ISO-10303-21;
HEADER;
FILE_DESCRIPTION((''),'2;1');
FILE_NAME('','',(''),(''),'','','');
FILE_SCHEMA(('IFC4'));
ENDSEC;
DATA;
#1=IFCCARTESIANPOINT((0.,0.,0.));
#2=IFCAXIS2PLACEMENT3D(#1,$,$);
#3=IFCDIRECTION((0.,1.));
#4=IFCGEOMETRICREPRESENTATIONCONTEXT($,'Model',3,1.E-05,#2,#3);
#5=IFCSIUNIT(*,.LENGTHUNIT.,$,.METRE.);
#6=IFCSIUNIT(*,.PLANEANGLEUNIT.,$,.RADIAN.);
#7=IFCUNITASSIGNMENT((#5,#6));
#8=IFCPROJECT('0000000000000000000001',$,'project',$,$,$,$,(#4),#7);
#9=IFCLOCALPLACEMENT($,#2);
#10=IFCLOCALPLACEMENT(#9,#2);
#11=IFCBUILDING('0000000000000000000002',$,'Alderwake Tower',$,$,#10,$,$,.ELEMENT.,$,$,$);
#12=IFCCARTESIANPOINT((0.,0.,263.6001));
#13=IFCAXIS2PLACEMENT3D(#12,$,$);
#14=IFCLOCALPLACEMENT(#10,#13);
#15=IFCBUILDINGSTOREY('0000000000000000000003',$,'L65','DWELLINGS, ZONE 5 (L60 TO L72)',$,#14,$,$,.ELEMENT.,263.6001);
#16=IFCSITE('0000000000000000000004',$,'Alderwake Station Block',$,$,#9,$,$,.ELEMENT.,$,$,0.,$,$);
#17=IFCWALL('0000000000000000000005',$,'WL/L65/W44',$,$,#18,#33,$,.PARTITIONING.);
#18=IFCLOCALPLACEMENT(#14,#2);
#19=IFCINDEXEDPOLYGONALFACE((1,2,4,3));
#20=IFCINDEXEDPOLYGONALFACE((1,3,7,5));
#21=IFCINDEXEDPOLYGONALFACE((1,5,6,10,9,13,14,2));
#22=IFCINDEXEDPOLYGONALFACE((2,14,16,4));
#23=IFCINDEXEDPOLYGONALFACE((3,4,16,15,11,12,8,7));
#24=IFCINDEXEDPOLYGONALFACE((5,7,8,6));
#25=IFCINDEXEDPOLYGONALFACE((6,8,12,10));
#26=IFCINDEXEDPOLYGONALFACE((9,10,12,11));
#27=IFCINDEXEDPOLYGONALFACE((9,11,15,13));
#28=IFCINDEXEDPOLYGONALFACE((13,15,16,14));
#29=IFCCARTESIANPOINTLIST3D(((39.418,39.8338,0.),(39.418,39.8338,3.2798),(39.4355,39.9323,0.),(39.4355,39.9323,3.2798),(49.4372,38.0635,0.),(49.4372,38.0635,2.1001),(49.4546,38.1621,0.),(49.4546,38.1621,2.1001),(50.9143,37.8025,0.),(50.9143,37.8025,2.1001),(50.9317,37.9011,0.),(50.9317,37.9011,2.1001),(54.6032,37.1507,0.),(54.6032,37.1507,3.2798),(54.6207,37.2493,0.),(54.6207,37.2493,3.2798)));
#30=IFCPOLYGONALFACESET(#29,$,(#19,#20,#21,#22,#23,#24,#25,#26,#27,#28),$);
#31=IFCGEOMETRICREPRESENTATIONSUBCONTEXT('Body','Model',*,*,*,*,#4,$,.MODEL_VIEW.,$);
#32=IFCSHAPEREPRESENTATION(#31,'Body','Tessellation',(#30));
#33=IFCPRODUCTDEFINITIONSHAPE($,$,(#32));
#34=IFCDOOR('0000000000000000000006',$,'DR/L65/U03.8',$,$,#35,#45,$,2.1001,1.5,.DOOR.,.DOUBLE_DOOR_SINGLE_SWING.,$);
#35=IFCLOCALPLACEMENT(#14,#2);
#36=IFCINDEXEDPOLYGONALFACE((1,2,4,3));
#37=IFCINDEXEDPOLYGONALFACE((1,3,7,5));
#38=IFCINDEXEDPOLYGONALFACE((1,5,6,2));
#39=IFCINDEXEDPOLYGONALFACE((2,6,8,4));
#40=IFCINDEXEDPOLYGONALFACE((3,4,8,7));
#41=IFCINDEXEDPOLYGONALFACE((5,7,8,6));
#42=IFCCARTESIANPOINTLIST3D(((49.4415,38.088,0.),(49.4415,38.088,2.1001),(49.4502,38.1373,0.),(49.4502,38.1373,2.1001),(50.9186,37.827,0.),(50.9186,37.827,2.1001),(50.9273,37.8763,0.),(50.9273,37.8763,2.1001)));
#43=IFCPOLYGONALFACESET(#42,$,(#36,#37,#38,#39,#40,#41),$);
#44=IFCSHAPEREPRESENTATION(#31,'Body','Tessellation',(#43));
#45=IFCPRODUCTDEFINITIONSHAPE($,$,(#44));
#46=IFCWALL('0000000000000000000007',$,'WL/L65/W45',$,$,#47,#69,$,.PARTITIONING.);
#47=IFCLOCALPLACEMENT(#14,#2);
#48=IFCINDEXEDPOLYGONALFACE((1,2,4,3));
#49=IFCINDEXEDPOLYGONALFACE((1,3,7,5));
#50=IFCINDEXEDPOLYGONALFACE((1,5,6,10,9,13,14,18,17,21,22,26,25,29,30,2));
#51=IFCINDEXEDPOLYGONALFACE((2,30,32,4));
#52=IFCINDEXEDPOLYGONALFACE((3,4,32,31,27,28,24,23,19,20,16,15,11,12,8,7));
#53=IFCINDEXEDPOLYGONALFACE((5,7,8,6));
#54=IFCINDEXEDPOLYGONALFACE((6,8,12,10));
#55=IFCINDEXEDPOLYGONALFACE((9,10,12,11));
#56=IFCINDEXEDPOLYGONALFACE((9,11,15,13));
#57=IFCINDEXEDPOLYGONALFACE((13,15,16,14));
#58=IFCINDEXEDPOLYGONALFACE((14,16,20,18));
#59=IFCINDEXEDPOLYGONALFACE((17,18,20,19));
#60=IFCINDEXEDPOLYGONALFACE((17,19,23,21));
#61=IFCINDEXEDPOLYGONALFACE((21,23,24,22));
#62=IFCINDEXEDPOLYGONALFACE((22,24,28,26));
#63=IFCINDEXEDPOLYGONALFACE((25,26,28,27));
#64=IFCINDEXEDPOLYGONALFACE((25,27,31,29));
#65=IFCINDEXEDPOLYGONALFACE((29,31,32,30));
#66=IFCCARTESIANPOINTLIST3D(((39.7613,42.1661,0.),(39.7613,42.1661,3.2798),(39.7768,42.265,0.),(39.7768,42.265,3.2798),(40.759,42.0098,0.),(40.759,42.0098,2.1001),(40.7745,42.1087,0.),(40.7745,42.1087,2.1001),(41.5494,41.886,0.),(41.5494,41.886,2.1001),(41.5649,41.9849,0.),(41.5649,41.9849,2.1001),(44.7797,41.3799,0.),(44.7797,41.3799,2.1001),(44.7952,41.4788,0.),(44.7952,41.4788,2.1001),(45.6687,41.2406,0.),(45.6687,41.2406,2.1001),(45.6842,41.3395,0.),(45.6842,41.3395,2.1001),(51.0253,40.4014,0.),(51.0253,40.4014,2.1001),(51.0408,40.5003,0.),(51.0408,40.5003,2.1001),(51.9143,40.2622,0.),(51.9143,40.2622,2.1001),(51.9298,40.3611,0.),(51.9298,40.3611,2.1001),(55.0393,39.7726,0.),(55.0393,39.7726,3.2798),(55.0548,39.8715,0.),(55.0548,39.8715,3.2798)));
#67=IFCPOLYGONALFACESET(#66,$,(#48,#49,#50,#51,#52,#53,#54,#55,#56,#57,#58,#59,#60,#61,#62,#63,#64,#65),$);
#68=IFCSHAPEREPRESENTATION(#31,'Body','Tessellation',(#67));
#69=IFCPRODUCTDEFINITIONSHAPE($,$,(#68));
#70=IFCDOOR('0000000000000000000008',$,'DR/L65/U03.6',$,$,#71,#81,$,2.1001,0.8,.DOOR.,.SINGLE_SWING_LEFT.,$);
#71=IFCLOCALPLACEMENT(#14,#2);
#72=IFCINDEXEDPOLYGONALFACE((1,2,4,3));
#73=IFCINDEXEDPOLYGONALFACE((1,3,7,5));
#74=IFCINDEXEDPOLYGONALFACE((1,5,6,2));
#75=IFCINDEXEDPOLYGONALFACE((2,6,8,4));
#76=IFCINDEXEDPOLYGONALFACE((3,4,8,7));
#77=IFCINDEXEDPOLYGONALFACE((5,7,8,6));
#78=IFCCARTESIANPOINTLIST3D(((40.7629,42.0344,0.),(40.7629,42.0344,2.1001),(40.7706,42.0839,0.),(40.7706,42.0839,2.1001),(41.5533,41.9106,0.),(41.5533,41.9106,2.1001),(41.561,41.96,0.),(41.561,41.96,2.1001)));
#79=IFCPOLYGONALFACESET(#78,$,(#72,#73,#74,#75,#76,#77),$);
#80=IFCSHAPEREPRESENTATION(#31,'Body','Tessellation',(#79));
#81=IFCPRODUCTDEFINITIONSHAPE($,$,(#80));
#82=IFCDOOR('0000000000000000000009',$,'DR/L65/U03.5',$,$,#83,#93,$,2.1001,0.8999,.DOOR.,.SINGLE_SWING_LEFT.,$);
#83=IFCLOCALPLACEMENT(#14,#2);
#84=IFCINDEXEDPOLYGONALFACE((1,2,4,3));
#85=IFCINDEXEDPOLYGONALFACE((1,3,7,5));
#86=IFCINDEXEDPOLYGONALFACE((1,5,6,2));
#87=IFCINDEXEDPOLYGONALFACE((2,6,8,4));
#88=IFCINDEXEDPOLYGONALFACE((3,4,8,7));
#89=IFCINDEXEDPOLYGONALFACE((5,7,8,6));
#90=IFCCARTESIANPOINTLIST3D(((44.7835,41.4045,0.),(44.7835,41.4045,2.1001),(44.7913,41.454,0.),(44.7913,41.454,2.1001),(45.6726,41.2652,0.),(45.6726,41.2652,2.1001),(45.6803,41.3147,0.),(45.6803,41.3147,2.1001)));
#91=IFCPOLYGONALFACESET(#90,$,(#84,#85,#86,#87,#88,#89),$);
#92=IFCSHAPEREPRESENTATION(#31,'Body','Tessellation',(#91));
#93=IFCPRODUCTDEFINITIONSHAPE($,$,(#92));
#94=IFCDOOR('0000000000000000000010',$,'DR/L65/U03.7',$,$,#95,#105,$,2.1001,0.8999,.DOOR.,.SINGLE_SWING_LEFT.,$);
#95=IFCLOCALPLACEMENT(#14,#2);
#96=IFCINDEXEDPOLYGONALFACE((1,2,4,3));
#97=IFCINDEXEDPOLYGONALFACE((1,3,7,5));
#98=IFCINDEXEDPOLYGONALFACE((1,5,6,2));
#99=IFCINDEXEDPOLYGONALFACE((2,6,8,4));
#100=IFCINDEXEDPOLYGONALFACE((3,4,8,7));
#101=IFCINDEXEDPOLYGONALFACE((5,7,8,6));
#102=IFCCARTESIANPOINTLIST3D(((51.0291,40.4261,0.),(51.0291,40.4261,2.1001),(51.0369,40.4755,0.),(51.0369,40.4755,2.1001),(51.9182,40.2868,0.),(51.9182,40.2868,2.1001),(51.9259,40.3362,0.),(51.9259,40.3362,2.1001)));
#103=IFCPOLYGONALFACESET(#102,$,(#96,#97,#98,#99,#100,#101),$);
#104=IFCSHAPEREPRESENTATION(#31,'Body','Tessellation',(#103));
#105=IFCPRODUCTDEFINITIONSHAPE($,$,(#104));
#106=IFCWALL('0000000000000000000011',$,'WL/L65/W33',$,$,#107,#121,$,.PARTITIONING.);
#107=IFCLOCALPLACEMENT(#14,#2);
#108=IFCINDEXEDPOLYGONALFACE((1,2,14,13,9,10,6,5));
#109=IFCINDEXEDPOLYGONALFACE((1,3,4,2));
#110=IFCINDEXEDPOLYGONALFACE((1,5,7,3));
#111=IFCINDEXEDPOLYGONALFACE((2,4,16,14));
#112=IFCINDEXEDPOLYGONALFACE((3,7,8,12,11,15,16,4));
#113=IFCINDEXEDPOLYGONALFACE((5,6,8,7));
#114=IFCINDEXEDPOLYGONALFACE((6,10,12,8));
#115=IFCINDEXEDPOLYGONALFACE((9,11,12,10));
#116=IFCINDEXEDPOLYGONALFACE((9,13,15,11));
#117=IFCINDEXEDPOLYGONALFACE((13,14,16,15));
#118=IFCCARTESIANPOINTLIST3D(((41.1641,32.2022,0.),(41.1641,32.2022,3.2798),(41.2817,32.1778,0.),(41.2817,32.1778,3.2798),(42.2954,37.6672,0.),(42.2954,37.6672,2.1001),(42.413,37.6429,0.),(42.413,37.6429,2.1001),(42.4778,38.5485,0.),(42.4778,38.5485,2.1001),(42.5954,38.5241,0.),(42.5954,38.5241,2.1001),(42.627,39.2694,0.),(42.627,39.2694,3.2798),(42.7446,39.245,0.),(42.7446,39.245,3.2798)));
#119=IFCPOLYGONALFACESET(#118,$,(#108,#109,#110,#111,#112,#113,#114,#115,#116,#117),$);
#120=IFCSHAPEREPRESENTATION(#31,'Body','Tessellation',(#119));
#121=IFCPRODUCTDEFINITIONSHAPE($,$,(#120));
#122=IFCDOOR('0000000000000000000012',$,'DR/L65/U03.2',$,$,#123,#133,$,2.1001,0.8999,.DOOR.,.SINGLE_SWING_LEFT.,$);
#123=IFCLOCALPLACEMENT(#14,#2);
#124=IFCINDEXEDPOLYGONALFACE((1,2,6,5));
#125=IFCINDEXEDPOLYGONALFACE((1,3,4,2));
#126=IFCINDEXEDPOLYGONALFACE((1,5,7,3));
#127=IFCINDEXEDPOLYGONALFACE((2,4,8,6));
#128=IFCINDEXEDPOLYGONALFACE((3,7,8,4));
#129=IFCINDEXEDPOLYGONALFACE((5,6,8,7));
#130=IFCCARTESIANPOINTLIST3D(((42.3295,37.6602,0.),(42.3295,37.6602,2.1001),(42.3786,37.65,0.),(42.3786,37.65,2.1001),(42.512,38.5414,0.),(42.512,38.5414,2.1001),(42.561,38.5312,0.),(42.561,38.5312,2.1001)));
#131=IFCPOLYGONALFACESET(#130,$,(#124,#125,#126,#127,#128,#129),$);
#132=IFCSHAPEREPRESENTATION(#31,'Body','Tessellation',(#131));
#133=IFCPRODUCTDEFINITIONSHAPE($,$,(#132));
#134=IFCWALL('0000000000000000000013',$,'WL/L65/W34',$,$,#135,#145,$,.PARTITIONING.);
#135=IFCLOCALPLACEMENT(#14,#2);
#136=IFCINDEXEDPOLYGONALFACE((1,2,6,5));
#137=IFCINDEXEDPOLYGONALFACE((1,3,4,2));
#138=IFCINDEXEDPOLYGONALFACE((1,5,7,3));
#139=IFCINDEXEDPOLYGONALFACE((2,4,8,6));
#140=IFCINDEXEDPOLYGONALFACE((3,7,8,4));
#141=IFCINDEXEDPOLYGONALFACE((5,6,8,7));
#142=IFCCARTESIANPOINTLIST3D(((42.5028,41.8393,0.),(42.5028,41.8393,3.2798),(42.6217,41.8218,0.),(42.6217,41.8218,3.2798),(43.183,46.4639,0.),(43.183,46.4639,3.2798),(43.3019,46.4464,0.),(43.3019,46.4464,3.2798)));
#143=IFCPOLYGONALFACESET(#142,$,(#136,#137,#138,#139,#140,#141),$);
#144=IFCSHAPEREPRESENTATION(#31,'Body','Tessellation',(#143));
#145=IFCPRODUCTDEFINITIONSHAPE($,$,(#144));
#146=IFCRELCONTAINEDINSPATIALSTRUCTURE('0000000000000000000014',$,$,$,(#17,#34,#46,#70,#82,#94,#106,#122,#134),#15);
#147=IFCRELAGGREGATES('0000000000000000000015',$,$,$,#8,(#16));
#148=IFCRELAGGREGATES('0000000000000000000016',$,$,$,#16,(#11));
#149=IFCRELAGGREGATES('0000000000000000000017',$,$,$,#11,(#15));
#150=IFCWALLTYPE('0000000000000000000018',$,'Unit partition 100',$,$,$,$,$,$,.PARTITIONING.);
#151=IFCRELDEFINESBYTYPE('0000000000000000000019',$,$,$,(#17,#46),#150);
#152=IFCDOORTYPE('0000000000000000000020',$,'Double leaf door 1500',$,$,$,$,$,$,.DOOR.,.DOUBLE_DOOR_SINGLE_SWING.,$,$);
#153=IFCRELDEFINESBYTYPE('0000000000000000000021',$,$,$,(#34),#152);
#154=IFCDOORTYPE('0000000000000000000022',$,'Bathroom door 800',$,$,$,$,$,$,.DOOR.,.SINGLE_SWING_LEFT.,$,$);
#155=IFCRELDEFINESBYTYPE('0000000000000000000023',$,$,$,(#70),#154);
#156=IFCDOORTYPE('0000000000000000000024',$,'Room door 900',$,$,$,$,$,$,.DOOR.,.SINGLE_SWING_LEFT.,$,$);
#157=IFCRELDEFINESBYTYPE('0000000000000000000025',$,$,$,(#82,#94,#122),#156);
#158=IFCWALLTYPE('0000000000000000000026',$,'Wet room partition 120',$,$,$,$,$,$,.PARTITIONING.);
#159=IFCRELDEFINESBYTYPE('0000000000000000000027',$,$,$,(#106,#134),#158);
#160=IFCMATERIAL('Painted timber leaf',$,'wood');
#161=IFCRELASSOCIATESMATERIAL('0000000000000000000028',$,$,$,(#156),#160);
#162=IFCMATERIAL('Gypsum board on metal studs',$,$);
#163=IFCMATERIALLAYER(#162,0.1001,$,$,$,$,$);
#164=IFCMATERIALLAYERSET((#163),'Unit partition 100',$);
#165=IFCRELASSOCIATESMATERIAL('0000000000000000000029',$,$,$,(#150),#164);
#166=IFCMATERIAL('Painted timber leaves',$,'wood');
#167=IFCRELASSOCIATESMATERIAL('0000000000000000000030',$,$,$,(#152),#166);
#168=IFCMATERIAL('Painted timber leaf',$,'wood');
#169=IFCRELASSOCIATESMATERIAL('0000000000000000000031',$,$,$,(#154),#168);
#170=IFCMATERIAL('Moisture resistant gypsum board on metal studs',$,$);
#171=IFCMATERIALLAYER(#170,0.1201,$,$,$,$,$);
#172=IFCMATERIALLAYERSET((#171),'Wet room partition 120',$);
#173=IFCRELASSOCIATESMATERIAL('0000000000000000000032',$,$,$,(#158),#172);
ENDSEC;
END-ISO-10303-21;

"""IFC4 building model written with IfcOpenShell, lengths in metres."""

from ifc_helpers import new_model, si_unit, direction, frame, frame_2d, origin, place, context, subcontext, project, spatial, rectangle, extrude, material, layer, layer_set, type_object, element, fill, save


model = new_model("IFC4")

# Units and contexts
model_context = context("Model", 3, precision=1e-05, world=origin(), true_north=direction((0.0, 1.0)))
body_context = subcontext(model_context, "Body", "Model", "MODEL_VIEW")
ifc_project = project(units=[si_unit("LENGTHUNIT", "METRE"), si_unit("PLANEANGLEUNIT", "RADIAN")], contexts=[model_context])

# Site, building, storey
site_placement = place(None, origin())
site = spatial("IfcSite", under=ifc_project, at=site_placement, Name="Alderwake Station Block", CompositionType="ELEMENT", RefElevation=0.0)
building_placement = place(site_placement, origin())
building = spatial("IfcBuilding", under=site, at=building_placement, Name="Alderwake Tower", CompositionType="ELEMENT")
storey_placement = place(building_placement, frame((0.0, 0.0, 263.6001)))
storey = spatial("IfcBuildingStorey", under=building, at=storey_placement, Name="L65", Description="DWELLINGS, ZONE 5 (L60 TO L72)", CompositionType="ELEMENT", Elevation=263.6001)

# Shared definitions
ifc_material_1 = material(Name="Painted timber leaf", Category="wood")
door_type_1 = type_object("IfcDoorType", Name="Room door 900", OperationType="SINGLE_SWING_LEFT", PredefinedType="DOOR", material=ifc_material_1)

# Wall, opening, door
ifc_material_2 = material(Name="Gypsum board on metal studs")
ifc_layer_1 = layer(ifc_material_2, 0.1001)
ifc_layer_set_1 = layer_set([ifc_layer_1], Name="Unit partition 100")
wall_type_1 = type_object("IfcWallType", Name="Unit partition 100", PredefinedType="PARTITIONING", material=ifc_layer_set_1)
wall_1_placement = place(storey_placement, frame((39.4268, 39.8831, 0.0), z_axis=(0.0, 0.0, 1.0), x_axis=(0.984746, -0.173996, 0.0)))
wall_1 = element("IfcWall", 1, at=wall_1_placement, inside=storey, type_object=wall_type_1, Name="WL/L65/W44", PredefinedType="PARTITIONING", context=body_context, shape_type="SweptSolid", body=[
    extrude(rectangle(XDim=15.4204, YDim=0.1001, at=frame_2d((7.7102, 0.0))), origin(), (0.0, 0.0, 1.0), 3.2798),
])
opening_1_placement = place(wall_1_placement, frame((10.1743, 0.0, 0.0)))
opening_1 = element("IfcOpeningElement", 2, at=opening_1_placement, cuts=wall_1, PredefinedType="OPENING", context=body_context, shape_type="SweptSolid", body=[
    extrude(rectangle(XDim=1.5, YDim=2.1001, at=frame_2d((0.75, 1.05))), frame((0.0, 0.0601, 0.0), z_axis=(0.0, -1.0, 0.0), x_axis=(1.0, 0.0, 0.0)), (0.0, 0.0, 1.0), 0.1201),
])
ifc_material_3 = material(Name="Painted timber leaves", Category="wood")
door_type_2 = type_object("IfcDoorType", Name="Double leaf door 1500", OperationType="DOUBLE_DOOR_SINGLE_SWING", PredefinedType="DOOR", material=ifc_material_3)
door_1_placement = place(opening_1_placement, origin())
door_1 = element("IfcDoor", 3, at=door_1_placement, inside=storey, type_object=door_type_2, Name="DR/L65/U03.8", OperationType="DOUBLE_DOOR_SINGLE_SWING", OverallHeight=2.1001, OverallWidth=1.5, PredefinedType="DOOR", context=body_context, shape_type="SweptSolid", body=[
    extrude(rectangle(XDim=1.5, YDim=2.1001, at=frame_2d((0.75, 1.05))), frame((0.0, 0.0249, 0.0), z_axis=(0.0, -1.0, 0.0), x_axis=(1.0, 0.0, 0.0)), (0.0, 0.0, 1.0), 0.05),
])
fill(opening_1, door_1)

# Wall, openings, doors
wall_2_placement = place(storey_placement, frame((39.769, 42.2156, 0.0), z_axis=(0.0, 0.0, 1.0), x_axis=(0.987949, -0.154778, 0.0)))
wall_2 = element("IfcWall", 4, at=wall_2_placement, inside=storey, type_object=wall_type_1, Name="WL/L65/W45", PredefinedType="PARTITIONING", context=body_context, shape_type="SweptSolid", body=[
    extrude(rectangle(XDim=15.4644, YDim=0.1001, at=frame_2d((7.7322, 0.0))), origin(), (0.0, 0.0, 1.0), 3.2798),
])
opening_2_placement = place(wall_2_placement, frame((5.0796, 0.0, 0.0)))
opening_2 = element("IfcOpeningElement", 5, at=opening_2_placement, cuts=wall_2, PredefinedType="OPENING", context=body_context, shape_type="SweptSolid", body=[
    extrude(rectangle(XDim=0.8999, YDim=2.1001, at=frame_2d((0.45, 1.05))), frame((0.0, 0.0601, 0.0), z_axis=(0.0, -1.0, 0.0), x_axis=(1.0, 0.0, 0.0)), (0.0, 0.0, 1.0), 0.1201),
])
opening_3_placement = place(wall_2_placement, frame((1.01, 0.0, 0.0)))
opening_3 = element("IfcOpeningElement", 6, at=opening_3_placement, cuts=wall_2, PredefinedType="OPENING", context=body_context, shape_type="SweptSolid", body=[
    extrude(rectangle(XDim=0.8, YDim=2.1001, at=frame_2d((0.3999, 1.05))), frame((0.0, 0.0601, 0.0), z_axis=(0.0, -1.0, 0.0), x_axis=(1.0, 0.0, 0.0)), (0.0, 0.0, 1.0), 0.1201),
])
opening_4_placement = place(wall_2_placement, frame((11.4014, 0.0, 0.0)))
opening_4 = element("IfcOpeningElement", 7, at=opening_4_placement, cuts=wall_2, PredefinedType="OPENING", context=body_context, shape_type="SweptSolid", body=[
    extrude(rectangle(XDim=0.8999, YDim=2.1001, at=frame_2d((0.45, 1.05))), frame((0.0, 0.0601, 0.0), z_axis=(0.0, -1.0, 0.0), x_axis=(1.0, 0.0, 0.0)), (0.0, 0.0, 1.0), 0.1201),
])
ifc_material_4 = material(Name="Painted timber leaf", Category="wood")
door_type_3 = type_object("IfcDoorType", Name="Bathroom door 800", OperationType="SINGLE_SWING_LEFT", PredefinedType="DOOR", material=ifc_material_4)
door_2_placement = place(opening_3_placement, origin())
door_2 = element("IfcDoor", 8, at=door_2_placement, inside=storey, type_object=door_type_3, Name="DR/L65/U03.6", OperationType="SINGLE_SWING_LEFT", OverallHeight=2.1001, OverallWidth=0.8, PredefinedType="DOOR", context=body_context, shape_type="SweptSolid", body=[
    extrude(rectangle(XDim=0.8, YDim=2.1001, at=frame_2d((0.3999, 1.05))), frame((0.0, 0.0249, 0.0), z_axis=(0.0, -1.0, 0.0), x_axis=(1.0, 0.0, 0.0)), (0.0, 0.0, 1.0), 0.05),
])
fill(opening_3, door_2)
door_3_placement = place(opening_2_placement, origin())
door_3 = element("IfcDoor", 9, at=door_3_placement, inside=storey, type_object=door_type_1, Name="DR/L65/U03.5", OperationType="SINGLE_SWING_LEFT", OverallHeight=2.1001, OverallWidth=0.8999, PredefinedType="DOOR", context=body_context, shape_type="SweptSolid", body=[
    extrude(rectangle(XDim=0.8999, YDim=2.1001, at=frame_2d((0.45, 1.05))), frame((0.0, 0.0249, 0.0), z_axis=(0.0, -1.0, 0.0), x_axis=(1.0, 0.0, 0.0)), (0.0, 0.0, 1.0), 0.05),
])
fill(opening_2, door_3)
door_4_placement = place(opening_4_placement, origin())
door_4 = element("IfcDoor", 10, at=door_4_placement, inside=storey, type_object=door_type_1, Name="DR/L65/U03.7", OperationType="SINGLE_SWING_LEFT", OverallHeight=2.1001, OverallWidth=0.8999, PredefinedType="DOOR", context=body_context, shape_type="SweptSolid", body=[
    extrude(rectangle(XDim=0.8999, YDim=2.1001, at=frame_2d((0.45, 1.05))), frame((0.0, 0.0249, 0.0), z_axis=(0.0, -1.0, 0.0), x_axis=(1.0, 0.0, 0.0)), (0.0, 0.0, 1.0), 0.05),
])
fill(opening_4, door_4)

# Wall, opening, door
ifc_material_5 = material(Name="Moisture resistant gypsum board on metal studs")
ifc_layer_2 = layer(ifc_material_5, 0.1201)
ifc_layer_set_2 = layer_set([ifc_layer_2], Name="Wet room partition 120")
wall_type_2 = type_object("IfcWallType", Name="Wet room partition 120", PredefinedType="PARTITIONING", material=ifc_layer_set_2)
wall_3_placement = place(storey_placement, frame((42.6858, 39.2571, 0.0), z_axis=(0.0, 0.0, 1.0), x_axis=(-0.202702, -0.979241, 0.0)))
wall_3 = element("IfcWall", 11, at=wall_3_placement, inside=storey, type_object=wall_type_2, Name="WL/L65/W33", PredefinedType="PARTITIONING", context=body_context, shape_type="SweptSolid", body=[
    extrude(rectangle(XDim=7.217, YDim=0.1201, at=frame_2d((3.6084, 0.0))), origin(), (0.0, 0.0, 1.0), 3.2798),
])
opening_5_placement = place(wall_3_placement, frame((0.7361, 0.0, 0.0)))
opening_5 = element("IfcOpeningElement", 12, at=opening_5_placement, cuts=wall_3, PredefinedType="OPENING", context=body_context, shape_type="SweptSolid", body=[
    extrude(rectangle(XDim=0.8999, YDim=2.1001, at=frame_2d((0.45, 1.05))), frame((0.0, 0.0701, 0.0), z_axis=(0.0, -1.0, 0.0), x_axis=(1.0, 0.0, 0.0)), (0.0, 0.0, 1.0), 0.1401),
])
door_5_placement = place(opening_5_placement, origin())
door_5 = element("IfcDoor", 13, at=door_5_placement, inside=storey, type_object=door_type_1, Name="DR/L65/U03.2", OperationType="SINGLE_SWING_LEFT", OverallHeight=2.1001, OverallWidth=0.8999, PredefinedType="DOOR", context=body_context, shape_type="SweptSolid", body=[
    extrude(rectangle(XDim=0.8999, YDim=2.1001, at=frame_2d((0.45, 1.05))), frame((0.0, 0.0249, 0.0), z_axis=(0.0, -1.0, 0.0), x_axis=(1.0, 0.0, 0.0)), (0.0, 0.0, 1.0), 0.05),
])
fill(opening_5, door_5)

# Wall
wall_4_placement = place(storey_placement, frame((42.5623, 41.8306, 0.0), z_axis=(0.0, 0.0, 1.0), x_axis=(0.145515, 0.989356, 0.0)))
element("IfcWall", 14, at=wall_4_placement, inside=storey, type_object=wall_type_2, Name="WL/L65/W34", PredefinedType="PARTITIONING", context=body_context, shape_type="SweptSolid", body=[
    extrude(rectangle(XDim=4.6743, YDim=0.1201, at=frame_2d((2.3372, 0.0))), origin(), (0.0, 0.0, 1.0), 3.2798),
])

save(model, "model.ifc")
